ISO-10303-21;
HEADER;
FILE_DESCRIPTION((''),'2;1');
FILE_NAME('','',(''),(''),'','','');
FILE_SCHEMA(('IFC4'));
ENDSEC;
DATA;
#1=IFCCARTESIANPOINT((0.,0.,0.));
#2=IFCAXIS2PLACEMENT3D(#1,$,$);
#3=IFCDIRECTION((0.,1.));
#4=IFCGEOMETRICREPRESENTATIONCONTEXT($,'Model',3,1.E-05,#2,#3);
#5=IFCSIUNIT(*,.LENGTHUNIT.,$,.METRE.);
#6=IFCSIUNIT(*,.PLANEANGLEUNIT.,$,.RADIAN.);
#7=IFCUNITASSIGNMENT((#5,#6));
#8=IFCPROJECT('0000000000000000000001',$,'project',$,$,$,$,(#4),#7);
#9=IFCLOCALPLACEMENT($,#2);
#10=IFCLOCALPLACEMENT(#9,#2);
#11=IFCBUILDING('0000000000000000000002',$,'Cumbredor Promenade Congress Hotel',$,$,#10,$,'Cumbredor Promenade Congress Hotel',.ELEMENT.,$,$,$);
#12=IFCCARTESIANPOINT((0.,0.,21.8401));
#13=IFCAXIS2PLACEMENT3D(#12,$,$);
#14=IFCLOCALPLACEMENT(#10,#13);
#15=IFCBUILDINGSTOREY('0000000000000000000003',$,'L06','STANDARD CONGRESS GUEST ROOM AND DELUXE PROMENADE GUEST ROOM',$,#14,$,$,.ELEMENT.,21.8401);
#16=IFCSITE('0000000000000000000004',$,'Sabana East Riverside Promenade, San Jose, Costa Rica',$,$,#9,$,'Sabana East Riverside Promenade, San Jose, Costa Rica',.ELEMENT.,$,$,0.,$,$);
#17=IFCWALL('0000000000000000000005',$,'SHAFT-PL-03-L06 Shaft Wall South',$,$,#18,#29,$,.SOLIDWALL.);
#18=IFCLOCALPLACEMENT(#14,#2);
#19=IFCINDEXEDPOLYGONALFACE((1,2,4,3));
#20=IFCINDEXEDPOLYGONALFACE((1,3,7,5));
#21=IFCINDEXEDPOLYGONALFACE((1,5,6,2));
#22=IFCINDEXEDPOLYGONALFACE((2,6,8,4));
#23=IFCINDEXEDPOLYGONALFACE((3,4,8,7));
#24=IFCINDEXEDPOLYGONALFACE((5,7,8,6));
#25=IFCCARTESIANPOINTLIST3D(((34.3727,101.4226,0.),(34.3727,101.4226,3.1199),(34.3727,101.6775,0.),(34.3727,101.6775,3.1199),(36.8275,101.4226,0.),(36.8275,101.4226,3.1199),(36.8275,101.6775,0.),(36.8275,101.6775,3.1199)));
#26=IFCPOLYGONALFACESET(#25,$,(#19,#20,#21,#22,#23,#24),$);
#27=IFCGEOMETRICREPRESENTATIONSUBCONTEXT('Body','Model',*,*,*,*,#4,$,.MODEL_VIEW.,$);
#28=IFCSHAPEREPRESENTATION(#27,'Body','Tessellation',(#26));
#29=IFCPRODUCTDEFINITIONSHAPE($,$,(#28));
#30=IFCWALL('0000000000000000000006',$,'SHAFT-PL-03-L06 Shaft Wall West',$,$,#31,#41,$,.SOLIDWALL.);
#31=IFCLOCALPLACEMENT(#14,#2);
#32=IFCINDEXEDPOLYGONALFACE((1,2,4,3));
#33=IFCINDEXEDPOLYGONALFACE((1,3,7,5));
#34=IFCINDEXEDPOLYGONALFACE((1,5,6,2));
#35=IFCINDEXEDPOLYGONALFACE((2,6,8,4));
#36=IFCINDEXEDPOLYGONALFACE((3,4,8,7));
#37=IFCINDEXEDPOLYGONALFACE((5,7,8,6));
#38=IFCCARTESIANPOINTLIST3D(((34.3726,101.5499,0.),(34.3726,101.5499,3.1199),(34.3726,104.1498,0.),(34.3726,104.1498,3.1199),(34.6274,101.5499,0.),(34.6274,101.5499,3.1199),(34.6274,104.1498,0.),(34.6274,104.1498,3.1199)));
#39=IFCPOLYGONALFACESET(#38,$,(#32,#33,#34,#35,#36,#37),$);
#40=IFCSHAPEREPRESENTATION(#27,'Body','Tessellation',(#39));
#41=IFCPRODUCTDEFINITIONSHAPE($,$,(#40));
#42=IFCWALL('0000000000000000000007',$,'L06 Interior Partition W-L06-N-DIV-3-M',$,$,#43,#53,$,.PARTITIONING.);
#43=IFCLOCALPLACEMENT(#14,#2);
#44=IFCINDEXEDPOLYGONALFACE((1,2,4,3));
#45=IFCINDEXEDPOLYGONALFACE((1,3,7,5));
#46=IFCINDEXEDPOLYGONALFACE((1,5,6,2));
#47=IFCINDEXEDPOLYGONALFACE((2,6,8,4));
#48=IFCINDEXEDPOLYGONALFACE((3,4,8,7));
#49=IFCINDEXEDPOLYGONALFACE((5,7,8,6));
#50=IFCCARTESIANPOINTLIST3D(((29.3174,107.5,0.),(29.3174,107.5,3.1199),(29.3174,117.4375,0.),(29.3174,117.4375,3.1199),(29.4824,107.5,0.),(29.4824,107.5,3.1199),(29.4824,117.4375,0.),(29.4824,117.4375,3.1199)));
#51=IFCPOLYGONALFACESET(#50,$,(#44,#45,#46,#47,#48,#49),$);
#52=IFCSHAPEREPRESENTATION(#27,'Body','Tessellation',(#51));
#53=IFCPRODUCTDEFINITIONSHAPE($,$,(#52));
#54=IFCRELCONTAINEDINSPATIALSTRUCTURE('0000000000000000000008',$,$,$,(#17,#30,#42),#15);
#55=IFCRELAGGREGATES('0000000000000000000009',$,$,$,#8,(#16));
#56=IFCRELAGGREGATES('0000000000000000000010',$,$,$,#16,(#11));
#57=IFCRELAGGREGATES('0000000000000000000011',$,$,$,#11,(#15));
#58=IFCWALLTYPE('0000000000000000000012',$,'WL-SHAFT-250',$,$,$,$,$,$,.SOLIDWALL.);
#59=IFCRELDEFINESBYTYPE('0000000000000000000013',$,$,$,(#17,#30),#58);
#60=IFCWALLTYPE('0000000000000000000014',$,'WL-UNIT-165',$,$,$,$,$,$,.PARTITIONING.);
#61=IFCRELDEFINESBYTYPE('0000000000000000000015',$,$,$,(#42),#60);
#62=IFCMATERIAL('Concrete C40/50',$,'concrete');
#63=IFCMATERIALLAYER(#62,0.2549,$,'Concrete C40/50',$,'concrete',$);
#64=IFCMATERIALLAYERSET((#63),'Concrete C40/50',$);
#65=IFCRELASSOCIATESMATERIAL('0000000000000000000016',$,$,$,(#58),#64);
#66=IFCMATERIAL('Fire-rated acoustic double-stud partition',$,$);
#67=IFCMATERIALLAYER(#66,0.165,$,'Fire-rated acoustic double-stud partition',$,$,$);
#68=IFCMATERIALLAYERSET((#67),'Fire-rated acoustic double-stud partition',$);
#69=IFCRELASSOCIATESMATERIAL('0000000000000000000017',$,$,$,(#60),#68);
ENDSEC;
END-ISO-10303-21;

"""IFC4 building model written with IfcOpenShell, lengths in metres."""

from ifc_helpers import new_model, si_unit, direction, frame, frame_2d, origin, place, context, subcontext, project, spatial, rectangle, extrude, material, layer, layer_set, type_object, element, save


model = new_model("IFC4")

# Units and contexts
model_context = context("Model", 3, precision=1e-05, world=origin(), true_north=direction((0.0, 1.0)))
body_context = subcontext(model_context, "Body", "Model", "MODEL_VIEW")
ifc_project = project(units=[si_unit("LENGTHUNIT", "METRE"), si_unit("PLANEANGLEUNIT", "RADIAN")], contexts=[model_context])

# Site, building, storey
site_placement = place(None, origin())
site = spatial("IfcSite", under=ifc_project, at=site_placement, Name="Sabana East Riverside Promenade, San Jose, Costa Rica", LongName="Sabana East Riverside Promenade, San Jose, Costa Rica", CompositionType="ELEMENT", RefElevation=0.0)
building_placement = place(site_placement, origin())
building = spatial("IfcBuilding", under=site, at=building_placement, Name="Cumbredor Promenade Congress Hotel", LongName="Cumbredor Promenade Congress Hotel", CompositionType="ELEMENT")
storey_placement = place(building_placement, frame((0.0, 0.0, 21.8401)))
storey = spatial("IfcBuildingStorey", under=building, at=storey_placement, Name="L06", Description="STANDARD CONGRESS GUEST ROOM AND DELUXE PROMENADE GUEST ROOM", CompositionType="ELEMENT", Elevation=21.8401)

# Shared definitions
ifc_material_1 = material(Name="Concrete C40/50", Category="concrete")

# Shared definitions
ifc_layer_1 = layer(ifc_material_1, 0.2549, Name="Concrete C40/50", Category="concrete")
ifc_layer_set_1 = layer_set([ifc_layer_1], Name="Concrete C40/50")
wall_type_1 = type_object("IfcWallType", Name="WL-SHAFT-250", PredefinedType="SOLIDWALL", material=ifc_layer_set_1)

# Wall
wall_1_placement = place(storey_placement, frame((34.3726, 101.55, 0.0), z_axis=(0.0, 0.0, 1.0), x_axis=(1.0, 0.0, 0.0)))
element("IfcWall", 1, at=wall_1_placement, inside=storey, type_object=wall_type_1, Name="SHAFT-PL-03-L06 Shaft Wall South", PredefinedType="SOLIDWALL", context=body_context, shape_type="SweptSolid", body=[
    extrude(rectangle(XDim=2.4548, YDim=0.2549, at=frame_2d((1.2275, 0.0))), origin(), (0.0, 0.0, 1.0), 3.1199),
])

# Walls
wall_2_placement = place(storey_placement, frame((34.5, 101.55, 0.0), z_axis=(0.0, 0.0, 1.0), x_axis=(0.0, 1.0, 0.0)))
element("IfcWall", 2, at=wall_2_placement, inside=storey, type_object=wall_type_1, Name="SHAFT-PL-03-L06 Shaft Wall West", PredefinedType="SOLIDWALL", context=body_context, shape_type="SweptSolid", body=[
    extrude(rectangle(XDim=2.5999, YDim=0.2549, at=frame_2d((1.2998, 0.0))), origin(), (0.0, 0.0, 1.0), 3.1199),
])
ifc_material_2 = material(Name="Fire-rated acoustic double-stud partition")
ifc_layer_2 = layer(ifc_material_2, 0.165, Name="Fire-rated acoustic double-stud partition")
ifc_layer_set_2 = layer_set([ifc_layer_2], Name="Fire-rated acoustic double-stud partition")
wall_type_2 = type_object("IfcWallType", Name="WL-UNIT-165", PredefinedType="PARTITIONING", material=ifc_layer_set_2)
wall_3_placement = place(storey_placement, frame((29.3999, 107.5, 0.0), z_axis=(0.0, 0.0, 1.0), x_axis=(0.0, 1.0, 0.0)))
element("IfcWall", 3, at=wall_3_placement, inside=storey, type_object=wall_type_2, Name="L06 Interior Partition W-L06-N-DIV-3-M", PredefinedType="PARTITIONING", context=body_context, shape_type="SweptSolid", body=[
    extrude(rectangle(XDim=9.9375, YDim=0.165, at=frame_2d((4.9688, 0.0))), origin(), (0.0, 0.0, 1.0), 3.1199),
])

save(model, "model.ifc")
